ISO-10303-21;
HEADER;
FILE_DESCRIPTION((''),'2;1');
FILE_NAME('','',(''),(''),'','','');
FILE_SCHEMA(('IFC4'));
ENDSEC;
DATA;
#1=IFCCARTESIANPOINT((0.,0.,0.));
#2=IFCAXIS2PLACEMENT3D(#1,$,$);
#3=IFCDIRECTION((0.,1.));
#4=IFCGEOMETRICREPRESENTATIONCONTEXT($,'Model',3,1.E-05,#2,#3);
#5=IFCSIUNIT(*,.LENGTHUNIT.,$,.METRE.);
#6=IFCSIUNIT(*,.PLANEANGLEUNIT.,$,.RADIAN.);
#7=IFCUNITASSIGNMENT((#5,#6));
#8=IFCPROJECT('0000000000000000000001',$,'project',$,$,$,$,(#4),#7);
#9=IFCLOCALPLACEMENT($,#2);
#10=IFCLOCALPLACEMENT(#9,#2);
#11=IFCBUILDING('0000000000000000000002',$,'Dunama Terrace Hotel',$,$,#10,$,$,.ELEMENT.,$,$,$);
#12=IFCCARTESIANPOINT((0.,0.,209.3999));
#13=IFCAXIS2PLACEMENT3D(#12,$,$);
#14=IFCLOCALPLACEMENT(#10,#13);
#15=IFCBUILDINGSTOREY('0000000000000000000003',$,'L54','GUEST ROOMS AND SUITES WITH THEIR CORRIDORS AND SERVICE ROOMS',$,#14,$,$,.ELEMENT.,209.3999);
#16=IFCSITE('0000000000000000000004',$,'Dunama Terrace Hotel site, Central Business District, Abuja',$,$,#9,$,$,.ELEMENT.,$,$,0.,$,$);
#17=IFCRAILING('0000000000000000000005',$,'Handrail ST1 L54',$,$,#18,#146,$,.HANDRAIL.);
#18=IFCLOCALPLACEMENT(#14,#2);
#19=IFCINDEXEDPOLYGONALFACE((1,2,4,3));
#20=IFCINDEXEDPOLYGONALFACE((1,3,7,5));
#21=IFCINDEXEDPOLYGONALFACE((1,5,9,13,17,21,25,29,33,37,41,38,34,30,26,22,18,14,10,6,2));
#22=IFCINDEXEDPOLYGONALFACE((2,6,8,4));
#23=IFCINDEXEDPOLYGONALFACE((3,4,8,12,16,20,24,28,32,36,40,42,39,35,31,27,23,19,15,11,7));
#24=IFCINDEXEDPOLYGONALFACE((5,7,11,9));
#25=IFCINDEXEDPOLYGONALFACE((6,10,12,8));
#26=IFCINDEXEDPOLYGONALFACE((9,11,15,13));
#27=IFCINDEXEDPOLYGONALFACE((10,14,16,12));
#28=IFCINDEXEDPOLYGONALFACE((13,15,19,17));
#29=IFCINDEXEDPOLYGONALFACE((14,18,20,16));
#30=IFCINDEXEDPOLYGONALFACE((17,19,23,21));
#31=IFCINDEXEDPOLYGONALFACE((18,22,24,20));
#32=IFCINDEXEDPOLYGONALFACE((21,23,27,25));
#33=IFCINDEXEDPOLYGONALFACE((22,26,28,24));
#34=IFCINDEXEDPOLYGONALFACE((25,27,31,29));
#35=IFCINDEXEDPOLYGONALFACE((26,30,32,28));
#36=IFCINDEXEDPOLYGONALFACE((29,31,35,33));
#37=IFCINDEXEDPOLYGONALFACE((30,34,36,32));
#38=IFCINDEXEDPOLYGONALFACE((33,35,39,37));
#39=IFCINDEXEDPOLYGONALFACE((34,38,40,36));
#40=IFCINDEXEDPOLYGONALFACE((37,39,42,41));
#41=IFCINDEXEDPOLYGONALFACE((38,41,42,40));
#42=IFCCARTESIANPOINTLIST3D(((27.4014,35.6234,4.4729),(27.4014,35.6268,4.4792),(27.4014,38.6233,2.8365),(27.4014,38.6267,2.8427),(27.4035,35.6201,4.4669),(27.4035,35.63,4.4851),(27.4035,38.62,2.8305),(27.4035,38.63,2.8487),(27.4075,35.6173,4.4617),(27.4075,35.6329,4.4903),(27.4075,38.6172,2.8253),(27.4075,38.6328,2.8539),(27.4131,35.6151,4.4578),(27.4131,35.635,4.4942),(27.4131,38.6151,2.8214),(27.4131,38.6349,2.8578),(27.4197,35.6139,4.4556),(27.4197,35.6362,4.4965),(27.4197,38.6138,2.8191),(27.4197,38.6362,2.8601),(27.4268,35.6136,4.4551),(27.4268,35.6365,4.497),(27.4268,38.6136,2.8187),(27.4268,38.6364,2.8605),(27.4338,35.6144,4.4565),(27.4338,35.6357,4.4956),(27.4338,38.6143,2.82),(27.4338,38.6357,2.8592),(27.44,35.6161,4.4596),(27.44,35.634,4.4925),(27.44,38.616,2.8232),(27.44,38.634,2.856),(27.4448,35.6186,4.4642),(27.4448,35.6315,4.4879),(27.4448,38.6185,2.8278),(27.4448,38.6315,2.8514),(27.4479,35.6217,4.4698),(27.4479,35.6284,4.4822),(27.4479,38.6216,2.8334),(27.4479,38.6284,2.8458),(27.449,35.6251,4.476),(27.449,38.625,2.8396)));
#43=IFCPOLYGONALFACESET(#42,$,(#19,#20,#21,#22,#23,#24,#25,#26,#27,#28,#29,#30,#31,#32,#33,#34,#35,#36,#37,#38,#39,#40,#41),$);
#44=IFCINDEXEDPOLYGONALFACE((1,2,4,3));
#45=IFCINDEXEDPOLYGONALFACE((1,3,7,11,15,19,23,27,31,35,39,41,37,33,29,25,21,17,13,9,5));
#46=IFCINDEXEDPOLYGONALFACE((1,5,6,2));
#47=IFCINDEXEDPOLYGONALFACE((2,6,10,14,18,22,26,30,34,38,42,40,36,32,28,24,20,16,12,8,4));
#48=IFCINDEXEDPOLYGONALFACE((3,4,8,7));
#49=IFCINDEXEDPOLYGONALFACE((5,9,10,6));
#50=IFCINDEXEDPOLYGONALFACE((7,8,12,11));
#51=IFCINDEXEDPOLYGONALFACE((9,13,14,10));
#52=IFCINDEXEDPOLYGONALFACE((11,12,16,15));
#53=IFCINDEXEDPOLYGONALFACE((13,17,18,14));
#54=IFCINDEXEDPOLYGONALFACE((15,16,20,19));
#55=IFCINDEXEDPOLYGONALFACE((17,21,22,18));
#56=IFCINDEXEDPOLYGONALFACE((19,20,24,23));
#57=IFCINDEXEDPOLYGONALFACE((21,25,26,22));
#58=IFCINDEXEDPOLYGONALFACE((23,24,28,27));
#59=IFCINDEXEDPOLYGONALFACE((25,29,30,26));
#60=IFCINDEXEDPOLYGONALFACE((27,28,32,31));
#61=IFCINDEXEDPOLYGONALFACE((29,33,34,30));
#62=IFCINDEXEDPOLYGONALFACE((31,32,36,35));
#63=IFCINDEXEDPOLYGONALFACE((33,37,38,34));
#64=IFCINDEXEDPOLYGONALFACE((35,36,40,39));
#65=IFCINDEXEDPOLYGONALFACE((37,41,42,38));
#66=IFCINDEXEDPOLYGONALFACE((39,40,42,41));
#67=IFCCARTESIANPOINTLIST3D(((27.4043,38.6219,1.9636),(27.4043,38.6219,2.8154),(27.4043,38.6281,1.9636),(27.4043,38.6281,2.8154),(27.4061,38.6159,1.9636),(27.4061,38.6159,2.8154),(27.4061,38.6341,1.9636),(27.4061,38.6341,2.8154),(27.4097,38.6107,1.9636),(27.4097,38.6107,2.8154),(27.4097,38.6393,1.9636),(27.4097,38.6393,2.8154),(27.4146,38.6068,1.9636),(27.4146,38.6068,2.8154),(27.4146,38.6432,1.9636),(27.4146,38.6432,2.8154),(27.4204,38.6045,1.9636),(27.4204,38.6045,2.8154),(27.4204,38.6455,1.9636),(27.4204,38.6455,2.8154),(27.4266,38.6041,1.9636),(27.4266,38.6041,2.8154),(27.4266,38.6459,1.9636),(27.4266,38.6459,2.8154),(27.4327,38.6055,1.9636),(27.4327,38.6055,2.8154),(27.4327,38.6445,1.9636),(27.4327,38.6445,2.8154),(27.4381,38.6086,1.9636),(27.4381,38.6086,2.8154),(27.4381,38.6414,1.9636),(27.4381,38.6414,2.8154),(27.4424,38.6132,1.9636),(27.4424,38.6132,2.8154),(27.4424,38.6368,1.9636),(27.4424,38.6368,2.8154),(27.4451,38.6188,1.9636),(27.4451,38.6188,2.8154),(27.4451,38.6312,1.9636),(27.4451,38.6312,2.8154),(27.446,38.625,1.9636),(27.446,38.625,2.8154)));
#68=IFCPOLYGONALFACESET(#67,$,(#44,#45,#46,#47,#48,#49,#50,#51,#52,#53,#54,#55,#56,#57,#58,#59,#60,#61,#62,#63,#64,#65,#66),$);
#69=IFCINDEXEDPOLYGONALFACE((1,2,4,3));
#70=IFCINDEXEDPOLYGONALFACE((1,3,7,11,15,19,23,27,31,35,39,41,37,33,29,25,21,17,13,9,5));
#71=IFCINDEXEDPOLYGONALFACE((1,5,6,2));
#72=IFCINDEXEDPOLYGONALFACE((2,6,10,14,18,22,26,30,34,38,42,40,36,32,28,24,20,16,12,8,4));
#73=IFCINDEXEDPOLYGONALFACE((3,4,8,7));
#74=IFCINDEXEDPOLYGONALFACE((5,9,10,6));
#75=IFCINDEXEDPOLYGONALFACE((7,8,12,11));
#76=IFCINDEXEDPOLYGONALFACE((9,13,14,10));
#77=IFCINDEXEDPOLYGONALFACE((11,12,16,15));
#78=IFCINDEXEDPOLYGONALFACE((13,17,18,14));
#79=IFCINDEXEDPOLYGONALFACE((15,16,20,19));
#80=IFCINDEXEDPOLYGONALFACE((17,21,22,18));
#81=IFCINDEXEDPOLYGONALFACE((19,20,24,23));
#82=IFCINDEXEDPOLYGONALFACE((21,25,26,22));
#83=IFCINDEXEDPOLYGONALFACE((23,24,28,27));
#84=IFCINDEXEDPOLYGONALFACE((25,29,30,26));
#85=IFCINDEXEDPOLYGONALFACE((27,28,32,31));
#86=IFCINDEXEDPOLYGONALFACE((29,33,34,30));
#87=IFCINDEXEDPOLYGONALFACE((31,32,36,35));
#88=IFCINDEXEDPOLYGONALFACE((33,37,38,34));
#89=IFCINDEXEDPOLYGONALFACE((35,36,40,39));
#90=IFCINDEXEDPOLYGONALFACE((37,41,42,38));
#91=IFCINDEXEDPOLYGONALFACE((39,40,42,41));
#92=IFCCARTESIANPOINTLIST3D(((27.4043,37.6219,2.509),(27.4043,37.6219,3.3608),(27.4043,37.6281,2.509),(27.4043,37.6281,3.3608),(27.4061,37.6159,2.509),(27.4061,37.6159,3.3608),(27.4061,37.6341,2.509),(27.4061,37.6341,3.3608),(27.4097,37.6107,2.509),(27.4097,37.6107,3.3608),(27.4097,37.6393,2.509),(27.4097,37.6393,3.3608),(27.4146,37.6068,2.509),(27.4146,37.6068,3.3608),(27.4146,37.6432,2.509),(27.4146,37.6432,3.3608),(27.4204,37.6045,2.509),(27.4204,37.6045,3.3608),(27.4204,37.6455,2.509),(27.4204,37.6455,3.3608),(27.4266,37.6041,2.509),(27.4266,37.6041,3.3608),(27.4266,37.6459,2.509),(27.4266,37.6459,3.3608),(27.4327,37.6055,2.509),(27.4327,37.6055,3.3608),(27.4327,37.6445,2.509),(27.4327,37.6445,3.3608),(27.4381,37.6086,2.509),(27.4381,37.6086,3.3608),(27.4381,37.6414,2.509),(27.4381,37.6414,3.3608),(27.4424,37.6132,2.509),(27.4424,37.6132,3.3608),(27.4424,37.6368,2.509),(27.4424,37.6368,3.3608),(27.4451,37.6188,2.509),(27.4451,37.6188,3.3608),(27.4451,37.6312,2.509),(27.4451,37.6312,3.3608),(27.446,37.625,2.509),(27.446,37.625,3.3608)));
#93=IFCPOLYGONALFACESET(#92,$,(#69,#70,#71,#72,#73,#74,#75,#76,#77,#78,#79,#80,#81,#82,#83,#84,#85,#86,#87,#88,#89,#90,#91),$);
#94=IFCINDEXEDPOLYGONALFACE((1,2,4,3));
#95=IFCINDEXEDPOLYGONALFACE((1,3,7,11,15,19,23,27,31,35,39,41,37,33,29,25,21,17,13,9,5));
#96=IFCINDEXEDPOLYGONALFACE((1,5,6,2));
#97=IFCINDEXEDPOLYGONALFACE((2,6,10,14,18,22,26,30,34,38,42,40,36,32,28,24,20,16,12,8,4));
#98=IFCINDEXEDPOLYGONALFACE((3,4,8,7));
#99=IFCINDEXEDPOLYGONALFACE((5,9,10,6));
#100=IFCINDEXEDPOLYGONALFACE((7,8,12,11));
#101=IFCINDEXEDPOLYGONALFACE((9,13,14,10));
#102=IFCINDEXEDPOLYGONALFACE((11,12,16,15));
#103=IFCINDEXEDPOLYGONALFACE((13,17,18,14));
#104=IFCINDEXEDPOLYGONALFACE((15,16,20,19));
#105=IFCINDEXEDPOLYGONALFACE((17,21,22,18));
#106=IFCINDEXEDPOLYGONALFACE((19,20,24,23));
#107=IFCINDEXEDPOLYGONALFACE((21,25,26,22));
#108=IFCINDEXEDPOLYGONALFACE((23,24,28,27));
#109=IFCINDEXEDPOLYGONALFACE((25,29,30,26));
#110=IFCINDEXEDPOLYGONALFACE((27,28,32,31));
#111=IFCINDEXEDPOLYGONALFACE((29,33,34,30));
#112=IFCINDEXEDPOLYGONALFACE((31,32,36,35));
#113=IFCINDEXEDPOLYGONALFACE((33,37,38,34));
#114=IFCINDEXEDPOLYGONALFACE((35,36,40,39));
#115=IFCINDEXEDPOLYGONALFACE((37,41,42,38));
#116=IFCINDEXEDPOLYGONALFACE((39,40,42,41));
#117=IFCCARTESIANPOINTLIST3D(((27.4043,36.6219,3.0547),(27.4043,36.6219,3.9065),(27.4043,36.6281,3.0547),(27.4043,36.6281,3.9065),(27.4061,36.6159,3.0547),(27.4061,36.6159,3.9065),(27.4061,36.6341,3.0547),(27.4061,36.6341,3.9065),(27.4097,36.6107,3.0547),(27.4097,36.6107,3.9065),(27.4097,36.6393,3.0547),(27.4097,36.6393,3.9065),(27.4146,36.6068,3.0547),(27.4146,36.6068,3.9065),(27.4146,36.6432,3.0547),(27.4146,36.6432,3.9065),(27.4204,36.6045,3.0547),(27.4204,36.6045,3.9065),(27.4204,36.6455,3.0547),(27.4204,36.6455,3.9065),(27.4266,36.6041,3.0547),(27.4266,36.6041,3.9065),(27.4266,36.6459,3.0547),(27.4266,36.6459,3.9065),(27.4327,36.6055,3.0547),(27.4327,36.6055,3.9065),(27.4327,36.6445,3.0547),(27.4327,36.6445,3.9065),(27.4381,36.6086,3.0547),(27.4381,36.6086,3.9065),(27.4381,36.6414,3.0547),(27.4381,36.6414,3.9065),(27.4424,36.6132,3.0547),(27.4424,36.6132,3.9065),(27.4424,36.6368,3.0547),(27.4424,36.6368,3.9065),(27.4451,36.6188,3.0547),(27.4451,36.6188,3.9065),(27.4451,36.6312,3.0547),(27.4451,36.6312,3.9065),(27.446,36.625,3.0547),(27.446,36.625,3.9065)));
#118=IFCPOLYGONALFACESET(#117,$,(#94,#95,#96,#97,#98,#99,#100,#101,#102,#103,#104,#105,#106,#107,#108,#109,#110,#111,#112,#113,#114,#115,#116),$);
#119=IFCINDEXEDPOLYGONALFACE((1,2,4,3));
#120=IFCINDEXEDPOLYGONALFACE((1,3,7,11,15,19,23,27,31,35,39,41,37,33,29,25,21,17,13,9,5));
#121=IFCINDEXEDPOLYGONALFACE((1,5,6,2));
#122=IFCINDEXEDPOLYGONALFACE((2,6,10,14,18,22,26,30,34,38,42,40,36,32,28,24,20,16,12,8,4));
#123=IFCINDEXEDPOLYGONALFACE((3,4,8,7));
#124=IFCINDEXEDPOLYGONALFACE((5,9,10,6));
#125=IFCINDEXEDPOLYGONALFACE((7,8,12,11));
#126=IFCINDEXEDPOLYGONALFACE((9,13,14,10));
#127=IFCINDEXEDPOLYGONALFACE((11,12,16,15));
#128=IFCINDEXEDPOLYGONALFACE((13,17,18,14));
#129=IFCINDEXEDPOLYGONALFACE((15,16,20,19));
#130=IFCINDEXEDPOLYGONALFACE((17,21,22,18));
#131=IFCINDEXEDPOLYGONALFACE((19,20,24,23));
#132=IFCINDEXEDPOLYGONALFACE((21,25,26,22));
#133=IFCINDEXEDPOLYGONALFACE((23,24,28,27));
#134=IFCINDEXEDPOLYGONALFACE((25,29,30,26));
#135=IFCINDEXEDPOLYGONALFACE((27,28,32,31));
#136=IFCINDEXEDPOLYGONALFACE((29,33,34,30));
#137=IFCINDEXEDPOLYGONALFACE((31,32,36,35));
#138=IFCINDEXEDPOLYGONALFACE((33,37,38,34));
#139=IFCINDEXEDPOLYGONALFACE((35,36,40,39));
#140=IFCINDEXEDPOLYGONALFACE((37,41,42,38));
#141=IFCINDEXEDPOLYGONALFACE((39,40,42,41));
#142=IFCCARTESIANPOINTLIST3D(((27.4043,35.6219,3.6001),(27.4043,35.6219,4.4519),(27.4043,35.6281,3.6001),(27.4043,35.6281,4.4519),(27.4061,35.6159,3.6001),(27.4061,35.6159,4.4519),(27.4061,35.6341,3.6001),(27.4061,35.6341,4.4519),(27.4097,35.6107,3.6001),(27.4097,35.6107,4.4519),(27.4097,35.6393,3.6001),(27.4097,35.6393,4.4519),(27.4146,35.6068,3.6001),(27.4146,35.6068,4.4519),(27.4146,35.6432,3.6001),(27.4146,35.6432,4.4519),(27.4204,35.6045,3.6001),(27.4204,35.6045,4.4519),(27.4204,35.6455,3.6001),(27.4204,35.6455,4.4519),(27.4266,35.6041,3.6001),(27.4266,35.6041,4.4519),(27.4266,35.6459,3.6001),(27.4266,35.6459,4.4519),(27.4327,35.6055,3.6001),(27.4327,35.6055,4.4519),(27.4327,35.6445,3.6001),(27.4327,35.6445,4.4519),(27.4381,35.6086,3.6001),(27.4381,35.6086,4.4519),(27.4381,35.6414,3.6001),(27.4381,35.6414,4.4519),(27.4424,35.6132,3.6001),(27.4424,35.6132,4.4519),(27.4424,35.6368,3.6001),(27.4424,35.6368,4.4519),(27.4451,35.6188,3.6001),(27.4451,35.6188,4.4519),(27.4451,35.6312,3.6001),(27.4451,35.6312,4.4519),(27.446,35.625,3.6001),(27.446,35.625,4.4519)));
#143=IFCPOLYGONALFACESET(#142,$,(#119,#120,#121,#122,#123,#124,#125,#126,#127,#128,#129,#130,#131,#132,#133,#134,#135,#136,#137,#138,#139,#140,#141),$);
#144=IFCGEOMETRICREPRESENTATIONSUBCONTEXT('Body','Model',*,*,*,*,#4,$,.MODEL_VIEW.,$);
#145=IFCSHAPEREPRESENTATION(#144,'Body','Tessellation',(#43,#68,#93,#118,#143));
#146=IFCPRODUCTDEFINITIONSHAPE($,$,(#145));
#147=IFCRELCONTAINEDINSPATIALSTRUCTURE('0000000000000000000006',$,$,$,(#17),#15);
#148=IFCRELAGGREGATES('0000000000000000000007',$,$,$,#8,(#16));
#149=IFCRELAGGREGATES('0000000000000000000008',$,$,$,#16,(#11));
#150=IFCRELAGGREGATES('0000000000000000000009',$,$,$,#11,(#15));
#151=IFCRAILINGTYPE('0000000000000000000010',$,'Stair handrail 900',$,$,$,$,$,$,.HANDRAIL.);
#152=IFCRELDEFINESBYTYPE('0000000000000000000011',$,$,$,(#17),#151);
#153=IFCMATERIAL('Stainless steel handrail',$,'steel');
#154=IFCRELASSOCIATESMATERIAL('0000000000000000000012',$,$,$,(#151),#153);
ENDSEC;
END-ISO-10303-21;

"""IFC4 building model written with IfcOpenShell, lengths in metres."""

from ifc_helpers import new_model, si_unit, direction, frame, origin, origin_2d, place, context, subcontext, project, spatial, circle, extrude, material, type_object, element, save


model = new_model("IFC4")

# Units and contexts
model_context = context("Model", 3, precision=1e-05, world=origin(), true_north=direction((0.0, 1.0)))
body_context = subcontext(model_context, "Body", "Model", "MODEL_VIEW")
ifc_project = project(units=[si_unit("LENGTHUNIT", "METRE"), si_unit("PLANEANGLEUNIT", "RADIAN")], contexts=[model_context])

# Site, building, storey
site_placement = place(None, origin())
site = spatial("IfcSite", under=ifc_project, at=site_placement, Name="Dunama Terrace Hotel site, Central Business District, Abuja", CompositionType="ELEMENT", RefElevation=0.0)
building_placement = place(site_placement, origin())
building = spatial("IfcBuilding", under=site, at=building_placement, Name="Dunama Terrace Hotel", CompositionType="ELEMENT")
storey_placement = place(building_placement, frame((0.0, 0.0, 209.3999)))
storey = spatial("IfcBuildingStorey", under=building, at=storey_placement, Name="L54", Description="GUEST ROOMS AND SUITES WITH THEIR CORRIDORS AND SERVICE ROOMS", CompositionType="ELEMENT", Elevation=209.3999)

# Railing
ifc_material_1 = material(Name="Stainless steel handrail", Category="steel")
railing_type = type_object("IfcRailingType", Name="Stair handrail 900", PredefinedType="HANDRAIL", material=ifc_material_1)
railing_1_placement = place(storey_placement, frame((27.425, 38.625, 1.9636)))
element("IfcRailing", 1, at=railing_1_placement, inside=storey, type_object=railing_type, Name="Handrail ST1 L54", PredefinedType="HANDRAIL", context=body_context, shape_type="SweptSolid", body=[
    extrude(circle(Radius=0.0239, at=origin_2d()), frame((0.0, 0.0, 0.876), z_axis=(0.0, -0.877882, 0.478877), x_axis=(1.0, 0.0, 0.0)), (0.0, 0.0, 1.0), 3.4172),
    extrude(circle(Radius=0.021, at=origin_2d()), origin(), (0.0, 0.0, 1.0), 0.8518),
    extrude(circle(Radius=0.021, at=origin_2d()), frame((0.0, -1.0, 0.5454)), (0.0, 0.0, 1.0), 0.8518),
    extrude(circle(Radius=0.021, at=origin_2d()), frame((0.0, -2.0, 1.0911)), (0.0, 0.0, 1.0), 0.8518),
    extrude(circle(Radius=0.021, at=origin_2d()), frame((0.0, -3.0, 1.6365)), (0.0, 0.0, 1.0), 0.8518),
])

save(model, "model.ifc")
